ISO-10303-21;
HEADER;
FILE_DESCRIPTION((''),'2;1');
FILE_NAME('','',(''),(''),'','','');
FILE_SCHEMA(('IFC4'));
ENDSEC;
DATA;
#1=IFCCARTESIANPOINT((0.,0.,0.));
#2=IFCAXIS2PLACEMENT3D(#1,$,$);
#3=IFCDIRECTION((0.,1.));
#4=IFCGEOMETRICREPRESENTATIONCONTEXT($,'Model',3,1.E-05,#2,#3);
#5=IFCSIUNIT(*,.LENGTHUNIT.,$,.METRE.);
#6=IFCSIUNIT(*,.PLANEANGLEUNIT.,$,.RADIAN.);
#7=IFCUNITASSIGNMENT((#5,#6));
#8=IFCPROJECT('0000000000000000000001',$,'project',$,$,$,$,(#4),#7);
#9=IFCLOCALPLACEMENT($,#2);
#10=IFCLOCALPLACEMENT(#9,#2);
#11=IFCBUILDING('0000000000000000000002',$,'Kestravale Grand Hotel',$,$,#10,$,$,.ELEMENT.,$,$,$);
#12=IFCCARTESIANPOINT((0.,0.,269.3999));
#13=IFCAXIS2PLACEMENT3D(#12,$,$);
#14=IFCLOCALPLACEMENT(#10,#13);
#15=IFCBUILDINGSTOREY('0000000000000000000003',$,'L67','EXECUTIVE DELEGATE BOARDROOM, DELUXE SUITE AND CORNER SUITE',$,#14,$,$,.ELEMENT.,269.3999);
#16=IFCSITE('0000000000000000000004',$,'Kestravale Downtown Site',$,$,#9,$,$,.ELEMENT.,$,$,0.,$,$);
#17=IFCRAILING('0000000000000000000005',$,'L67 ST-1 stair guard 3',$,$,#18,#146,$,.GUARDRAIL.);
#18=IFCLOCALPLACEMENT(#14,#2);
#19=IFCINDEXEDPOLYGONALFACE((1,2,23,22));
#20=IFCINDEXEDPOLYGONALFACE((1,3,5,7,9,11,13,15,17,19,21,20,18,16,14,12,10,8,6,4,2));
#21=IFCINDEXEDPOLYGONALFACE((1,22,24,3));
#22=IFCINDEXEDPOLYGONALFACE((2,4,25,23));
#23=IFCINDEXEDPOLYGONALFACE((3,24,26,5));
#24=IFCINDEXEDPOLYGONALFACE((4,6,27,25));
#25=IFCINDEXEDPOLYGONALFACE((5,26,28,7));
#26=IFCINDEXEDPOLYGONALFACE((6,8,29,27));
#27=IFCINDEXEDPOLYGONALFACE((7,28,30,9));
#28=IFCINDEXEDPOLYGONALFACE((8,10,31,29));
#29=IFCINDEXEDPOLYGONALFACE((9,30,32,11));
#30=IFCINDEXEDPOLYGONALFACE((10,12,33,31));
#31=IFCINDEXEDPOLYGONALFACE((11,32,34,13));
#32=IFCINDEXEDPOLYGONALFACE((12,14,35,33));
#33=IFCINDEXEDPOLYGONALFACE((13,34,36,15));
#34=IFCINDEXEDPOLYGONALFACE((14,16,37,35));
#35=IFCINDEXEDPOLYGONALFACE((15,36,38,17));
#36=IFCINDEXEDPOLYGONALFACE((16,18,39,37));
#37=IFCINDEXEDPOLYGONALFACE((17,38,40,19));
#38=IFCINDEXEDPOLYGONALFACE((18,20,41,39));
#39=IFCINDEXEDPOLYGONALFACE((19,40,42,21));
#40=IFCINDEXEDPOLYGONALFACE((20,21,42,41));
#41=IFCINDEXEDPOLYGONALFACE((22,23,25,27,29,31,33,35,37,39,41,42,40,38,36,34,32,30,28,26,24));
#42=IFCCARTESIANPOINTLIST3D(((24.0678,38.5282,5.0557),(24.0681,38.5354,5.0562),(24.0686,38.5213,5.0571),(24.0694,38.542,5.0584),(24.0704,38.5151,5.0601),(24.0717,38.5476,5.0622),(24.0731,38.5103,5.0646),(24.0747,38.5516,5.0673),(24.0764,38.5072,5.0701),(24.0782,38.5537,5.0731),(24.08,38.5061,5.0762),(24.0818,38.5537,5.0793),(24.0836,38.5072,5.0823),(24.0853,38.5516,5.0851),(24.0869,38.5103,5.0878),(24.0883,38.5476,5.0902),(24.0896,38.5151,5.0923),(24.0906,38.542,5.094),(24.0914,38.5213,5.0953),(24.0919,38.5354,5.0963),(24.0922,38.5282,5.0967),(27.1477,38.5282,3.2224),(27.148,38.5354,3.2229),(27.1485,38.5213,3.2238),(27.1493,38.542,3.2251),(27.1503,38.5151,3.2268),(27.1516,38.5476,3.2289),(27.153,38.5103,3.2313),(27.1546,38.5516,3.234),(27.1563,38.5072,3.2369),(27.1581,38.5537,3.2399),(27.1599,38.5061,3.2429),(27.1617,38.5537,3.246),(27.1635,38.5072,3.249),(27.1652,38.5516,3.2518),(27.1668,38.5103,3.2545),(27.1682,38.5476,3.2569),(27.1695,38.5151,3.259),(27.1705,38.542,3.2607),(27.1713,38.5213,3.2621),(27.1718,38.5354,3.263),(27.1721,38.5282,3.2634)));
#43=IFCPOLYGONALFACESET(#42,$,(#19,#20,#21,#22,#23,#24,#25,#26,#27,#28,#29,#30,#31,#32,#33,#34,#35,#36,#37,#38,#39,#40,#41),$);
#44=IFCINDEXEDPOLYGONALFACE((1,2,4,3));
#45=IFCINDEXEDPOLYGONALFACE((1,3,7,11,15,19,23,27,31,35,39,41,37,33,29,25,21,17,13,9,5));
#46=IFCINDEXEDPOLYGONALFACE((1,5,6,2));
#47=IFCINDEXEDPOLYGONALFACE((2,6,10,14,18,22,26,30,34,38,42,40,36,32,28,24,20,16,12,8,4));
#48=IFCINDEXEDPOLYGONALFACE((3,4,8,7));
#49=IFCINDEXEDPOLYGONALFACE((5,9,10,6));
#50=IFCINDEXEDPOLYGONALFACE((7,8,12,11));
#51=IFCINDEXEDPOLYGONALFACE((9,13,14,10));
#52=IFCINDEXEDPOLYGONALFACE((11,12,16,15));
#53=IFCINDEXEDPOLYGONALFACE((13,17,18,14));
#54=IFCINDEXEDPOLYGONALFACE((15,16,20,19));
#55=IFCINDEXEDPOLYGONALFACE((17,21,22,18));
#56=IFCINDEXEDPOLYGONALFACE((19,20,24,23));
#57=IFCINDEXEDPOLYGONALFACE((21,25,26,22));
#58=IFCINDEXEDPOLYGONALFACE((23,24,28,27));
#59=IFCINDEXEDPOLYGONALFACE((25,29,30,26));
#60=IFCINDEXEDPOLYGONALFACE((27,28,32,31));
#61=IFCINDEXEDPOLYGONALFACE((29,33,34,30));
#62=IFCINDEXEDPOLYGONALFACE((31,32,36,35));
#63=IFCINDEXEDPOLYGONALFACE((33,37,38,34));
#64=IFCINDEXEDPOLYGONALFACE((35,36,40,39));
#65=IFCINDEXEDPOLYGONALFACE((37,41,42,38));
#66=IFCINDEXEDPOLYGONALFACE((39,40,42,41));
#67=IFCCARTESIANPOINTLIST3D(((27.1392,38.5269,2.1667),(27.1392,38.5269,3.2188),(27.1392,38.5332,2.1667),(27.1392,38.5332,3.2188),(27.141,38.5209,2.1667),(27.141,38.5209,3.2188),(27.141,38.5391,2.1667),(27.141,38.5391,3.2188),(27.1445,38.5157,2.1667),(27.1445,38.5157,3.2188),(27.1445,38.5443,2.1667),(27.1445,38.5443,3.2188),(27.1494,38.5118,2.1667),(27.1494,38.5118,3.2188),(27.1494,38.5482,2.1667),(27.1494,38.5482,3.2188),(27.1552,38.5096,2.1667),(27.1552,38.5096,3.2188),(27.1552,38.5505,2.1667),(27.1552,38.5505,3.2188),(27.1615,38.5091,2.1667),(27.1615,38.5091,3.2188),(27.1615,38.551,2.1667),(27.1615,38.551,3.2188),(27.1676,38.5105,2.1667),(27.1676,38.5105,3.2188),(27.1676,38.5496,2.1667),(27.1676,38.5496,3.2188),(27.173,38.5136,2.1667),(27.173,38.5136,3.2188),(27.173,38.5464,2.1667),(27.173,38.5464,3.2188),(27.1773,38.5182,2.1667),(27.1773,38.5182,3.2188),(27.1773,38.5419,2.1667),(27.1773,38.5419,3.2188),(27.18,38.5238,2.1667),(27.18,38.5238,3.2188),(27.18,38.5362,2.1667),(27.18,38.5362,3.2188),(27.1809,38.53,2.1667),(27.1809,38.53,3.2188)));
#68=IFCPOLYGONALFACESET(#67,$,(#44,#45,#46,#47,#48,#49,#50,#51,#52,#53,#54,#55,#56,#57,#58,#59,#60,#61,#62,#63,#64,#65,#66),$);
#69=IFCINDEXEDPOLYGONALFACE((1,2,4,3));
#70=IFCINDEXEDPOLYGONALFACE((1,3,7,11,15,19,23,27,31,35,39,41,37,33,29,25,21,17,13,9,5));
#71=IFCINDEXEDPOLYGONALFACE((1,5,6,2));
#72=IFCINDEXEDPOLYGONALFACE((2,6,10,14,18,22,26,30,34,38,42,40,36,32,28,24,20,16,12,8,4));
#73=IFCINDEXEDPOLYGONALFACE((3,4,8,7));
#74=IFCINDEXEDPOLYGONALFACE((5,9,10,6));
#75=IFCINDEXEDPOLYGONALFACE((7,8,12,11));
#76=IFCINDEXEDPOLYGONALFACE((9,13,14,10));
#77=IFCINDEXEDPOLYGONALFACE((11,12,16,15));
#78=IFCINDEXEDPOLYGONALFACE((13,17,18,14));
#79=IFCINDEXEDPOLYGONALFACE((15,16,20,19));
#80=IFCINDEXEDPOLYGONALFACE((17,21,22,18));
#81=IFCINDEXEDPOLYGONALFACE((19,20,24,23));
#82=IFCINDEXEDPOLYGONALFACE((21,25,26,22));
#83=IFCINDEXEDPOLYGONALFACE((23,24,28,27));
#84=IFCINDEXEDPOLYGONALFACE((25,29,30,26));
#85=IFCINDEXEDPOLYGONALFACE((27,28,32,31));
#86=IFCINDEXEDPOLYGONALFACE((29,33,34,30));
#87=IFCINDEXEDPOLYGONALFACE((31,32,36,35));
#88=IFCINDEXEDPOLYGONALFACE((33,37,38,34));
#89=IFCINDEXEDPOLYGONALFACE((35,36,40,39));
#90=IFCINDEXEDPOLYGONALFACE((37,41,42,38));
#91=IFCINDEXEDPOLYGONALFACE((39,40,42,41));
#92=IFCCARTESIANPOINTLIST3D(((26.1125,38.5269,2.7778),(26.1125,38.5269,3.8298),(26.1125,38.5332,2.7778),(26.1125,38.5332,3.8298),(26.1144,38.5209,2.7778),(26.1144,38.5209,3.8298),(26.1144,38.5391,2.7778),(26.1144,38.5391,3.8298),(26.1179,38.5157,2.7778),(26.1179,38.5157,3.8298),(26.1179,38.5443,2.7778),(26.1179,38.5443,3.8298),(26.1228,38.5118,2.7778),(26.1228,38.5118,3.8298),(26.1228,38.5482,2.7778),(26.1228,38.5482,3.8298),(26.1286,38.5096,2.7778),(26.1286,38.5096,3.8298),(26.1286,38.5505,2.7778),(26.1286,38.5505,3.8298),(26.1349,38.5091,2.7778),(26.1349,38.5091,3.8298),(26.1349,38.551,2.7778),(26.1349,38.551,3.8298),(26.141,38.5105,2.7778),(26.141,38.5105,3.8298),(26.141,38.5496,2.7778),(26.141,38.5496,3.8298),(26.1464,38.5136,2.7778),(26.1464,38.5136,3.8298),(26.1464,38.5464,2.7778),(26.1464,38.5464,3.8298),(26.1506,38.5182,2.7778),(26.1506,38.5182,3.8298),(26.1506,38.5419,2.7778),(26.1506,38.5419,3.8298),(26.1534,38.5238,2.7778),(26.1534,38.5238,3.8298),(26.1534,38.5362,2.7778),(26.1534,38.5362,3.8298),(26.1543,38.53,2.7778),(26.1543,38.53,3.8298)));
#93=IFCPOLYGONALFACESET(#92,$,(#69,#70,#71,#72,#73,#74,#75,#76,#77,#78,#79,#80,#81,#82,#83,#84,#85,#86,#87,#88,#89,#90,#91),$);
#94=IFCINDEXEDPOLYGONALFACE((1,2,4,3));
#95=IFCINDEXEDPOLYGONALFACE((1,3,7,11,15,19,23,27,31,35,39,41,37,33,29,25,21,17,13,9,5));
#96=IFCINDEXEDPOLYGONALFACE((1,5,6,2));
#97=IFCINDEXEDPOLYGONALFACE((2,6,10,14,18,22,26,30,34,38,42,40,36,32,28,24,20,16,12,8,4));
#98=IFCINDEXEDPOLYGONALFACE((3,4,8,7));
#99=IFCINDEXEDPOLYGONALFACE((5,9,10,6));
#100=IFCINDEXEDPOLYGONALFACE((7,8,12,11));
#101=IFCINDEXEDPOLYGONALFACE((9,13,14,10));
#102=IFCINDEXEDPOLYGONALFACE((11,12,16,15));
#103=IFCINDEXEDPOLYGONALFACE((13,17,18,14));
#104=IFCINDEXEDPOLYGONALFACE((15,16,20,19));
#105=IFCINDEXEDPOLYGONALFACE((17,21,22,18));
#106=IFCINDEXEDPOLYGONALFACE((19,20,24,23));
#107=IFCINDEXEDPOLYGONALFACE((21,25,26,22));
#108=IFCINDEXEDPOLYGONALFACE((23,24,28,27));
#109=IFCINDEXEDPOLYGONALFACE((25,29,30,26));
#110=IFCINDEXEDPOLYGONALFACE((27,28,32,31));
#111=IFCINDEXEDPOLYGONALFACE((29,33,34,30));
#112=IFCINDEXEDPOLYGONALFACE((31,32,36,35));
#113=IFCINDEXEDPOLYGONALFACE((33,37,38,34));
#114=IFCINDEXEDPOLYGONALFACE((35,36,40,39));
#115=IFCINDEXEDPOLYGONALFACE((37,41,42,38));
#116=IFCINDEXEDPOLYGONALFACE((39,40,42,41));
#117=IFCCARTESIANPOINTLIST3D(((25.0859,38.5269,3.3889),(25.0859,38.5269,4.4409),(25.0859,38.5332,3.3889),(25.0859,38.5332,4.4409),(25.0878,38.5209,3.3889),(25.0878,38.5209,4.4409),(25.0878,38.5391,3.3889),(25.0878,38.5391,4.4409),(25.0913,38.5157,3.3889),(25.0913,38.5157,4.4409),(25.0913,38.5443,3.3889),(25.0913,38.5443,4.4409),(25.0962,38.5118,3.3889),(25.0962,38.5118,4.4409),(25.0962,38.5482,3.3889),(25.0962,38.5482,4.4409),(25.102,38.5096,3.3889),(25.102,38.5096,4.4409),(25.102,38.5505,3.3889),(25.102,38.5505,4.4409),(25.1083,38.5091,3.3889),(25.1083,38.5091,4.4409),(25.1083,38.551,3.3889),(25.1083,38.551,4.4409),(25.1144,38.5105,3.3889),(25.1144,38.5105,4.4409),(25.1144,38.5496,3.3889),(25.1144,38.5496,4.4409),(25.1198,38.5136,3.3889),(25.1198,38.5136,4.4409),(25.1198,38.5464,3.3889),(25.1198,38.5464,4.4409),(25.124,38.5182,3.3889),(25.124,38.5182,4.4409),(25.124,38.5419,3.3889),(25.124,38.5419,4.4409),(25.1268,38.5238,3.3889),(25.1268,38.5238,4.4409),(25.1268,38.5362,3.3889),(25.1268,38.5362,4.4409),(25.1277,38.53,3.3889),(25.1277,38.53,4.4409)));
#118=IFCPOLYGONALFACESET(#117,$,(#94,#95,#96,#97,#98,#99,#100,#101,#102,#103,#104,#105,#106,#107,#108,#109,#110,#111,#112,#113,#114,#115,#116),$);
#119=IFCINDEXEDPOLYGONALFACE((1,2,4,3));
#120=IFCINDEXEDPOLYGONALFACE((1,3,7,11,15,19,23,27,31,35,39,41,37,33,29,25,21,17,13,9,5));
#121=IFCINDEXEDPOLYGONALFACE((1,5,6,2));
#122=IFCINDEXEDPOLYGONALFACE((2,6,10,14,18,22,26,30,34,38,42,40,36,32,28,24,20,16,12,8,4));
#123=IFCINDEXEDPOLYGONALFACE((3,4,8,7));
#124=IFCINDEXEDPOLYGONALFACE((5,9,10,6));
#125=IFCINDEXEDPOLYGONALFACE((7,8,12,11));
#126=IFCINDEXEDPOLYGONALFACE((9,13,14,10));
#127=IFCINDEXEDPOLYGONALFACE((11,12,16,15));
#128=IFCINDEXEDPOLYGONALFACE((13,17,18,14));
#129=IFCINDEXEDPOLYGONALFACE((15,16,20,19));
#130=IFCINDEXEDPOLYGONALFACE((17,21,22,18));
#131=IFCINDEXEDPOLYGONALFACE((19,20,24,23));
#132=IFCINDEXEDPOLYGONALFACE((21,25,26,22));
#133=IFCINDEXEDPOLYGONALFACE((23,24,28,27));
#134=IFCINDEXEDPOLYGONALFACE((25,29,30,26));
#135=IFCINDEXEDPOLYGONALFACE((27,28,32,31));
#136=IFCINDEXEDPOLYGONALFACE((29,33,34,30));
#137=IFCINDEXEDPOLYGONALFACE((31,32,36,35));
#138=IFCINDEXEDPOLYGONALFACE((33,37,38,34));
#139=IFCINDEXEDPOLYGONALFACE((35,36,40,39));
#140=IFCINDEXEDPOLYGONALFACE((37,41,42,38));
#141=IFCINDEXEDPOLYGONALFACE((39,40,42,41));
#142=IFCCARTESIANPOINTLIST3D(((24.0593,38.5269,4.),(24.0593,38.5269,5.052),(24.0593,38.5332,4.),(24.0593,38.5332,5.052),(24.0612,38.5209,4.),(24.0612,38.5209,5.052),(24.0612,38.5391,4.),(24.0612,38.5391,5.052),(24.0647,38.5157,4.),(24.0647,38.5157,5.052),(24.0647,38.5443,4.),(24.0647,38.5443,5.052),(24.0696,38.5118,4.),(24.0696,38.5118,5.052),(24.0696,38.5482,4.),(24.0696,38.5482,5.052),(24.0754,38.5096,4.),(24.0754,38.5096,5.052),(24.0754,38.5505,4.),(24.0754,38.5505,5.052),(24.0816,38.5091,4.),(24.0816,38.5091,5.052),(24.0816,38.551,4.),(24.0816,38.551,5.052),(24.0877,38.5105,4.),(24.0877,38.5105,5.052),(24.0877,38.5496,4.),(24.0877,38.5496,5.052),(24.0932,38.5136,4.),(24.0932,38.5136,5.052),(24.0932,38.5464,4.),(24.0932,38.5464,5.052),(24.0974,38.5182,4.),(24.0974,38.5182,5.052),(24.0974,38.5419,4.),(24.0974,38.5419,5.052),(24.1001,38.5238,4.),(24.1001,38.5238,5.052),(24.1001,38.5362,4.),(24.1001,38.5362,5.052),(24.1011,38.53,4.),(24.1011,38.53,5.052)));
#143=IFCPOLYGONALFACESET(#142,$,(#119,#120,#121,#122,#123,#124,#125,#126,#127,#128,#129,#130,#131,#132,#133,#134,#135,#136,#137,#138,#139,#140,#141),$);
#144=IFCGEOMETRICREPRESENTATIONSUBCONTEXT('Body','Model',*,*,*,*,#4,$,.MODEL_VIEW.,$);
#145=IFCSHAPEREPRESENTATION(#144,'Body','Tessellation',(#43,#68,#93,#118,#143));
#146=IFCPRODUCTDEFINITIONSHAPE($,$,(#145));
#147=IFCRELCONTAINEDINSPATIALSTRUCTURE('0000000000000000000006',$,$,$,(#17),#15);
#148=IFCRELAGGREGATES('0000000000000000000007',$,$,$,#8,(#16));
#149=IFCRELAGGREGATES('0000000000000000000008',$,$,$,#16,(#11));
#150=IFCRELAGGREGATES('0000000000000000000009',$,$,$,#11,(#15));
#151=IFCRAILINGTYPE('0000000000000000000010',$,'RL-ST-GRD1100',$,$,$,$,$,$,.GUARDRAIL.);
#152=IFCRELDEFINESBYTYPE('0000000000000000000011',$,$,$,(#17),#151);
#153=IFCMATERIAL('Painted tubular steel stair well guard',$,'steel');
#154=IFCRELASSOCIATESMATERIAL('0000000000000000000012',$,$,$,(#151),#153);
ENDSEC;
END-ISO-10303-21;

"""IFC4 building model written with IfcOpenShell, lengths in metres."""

from ifc_helpers import new_model, si_unit, direction, frame, origin, origin_2d, place, context, subcontext, project, spatial, circle, extrude, material, type_object, element, save


model = new_model("IFC4")

# Units and contexts
model_context = context("Model", 3, precision=1e-05, world=origin(), true_north=direction((0.0, 1.0)))
body_context = subcontext(model_context, "Body", "Model", "MODEL_VIEW")
ifc_project = project(units=[si_unit("LENGTHUNIT", "METRE"), si_unit("PLANEANGLEUNIT", "RADIAN")], contexts=[model_context])

# Site, building, storey
site_placement = place(None, origin())
site = spatial("IfcSite", under=ifc_project, at=site_placement, Name="Kestravale Downtown Site", CompositionType="ELEMENT", RefElevation=0.0)
building_placement = place(site_placement, origin())
building = spatial("IfcBuilding", under=site, at=building_placement, Name="Kestravale Grand Hotel", CompositionType="ELEMENT")
storey_placement = place(building_placement, frame((0.0, 0.0, 269.3999)))
storey = spatial("IfcBuildingStorey", under=building, at=storey_placement, Name="L67", Description="EXECUTIVE DELEGATE BOARDROOM, DELUXE SUITE AND CORNER SUITE", CompositionType="ELEMENT", Elevation=269.3999)

# Railing
ifc_material_1 = material(Name="Painted tubular steel stair well guard", Category="steel")
railing_type_1 = type_object("IfcRailingType", Name="RL-ST-GRD1100", PredefinedType="GUARDRAIL", material=ifc_material_1)
railing_1_placement = place(storey_placement, frame((27.1599, 38.53, 2.1667)))
element("IfcRailing", 1, at=railing_1_placement, inside=storey, type_object=railing_type_1, Name="L67 ST-1 stair guard 3", PredefinedType="GUARDRAIL", context=body_context, shape_type="SweptSolid", body=[
    extrude(circle(Radius=0.0239, at=origin_2d()), frame((0.0, 0.0, 1.0762), z_axis=(-0.859291, 0.0, 0.511487), x_axis=(0.0, -1.0, 0.0)), (0.0, 0.0, 1.0), 3.5842),
    extrude(circle(Radius=0.021, at=origin_2d()), origin(), (0.0, 0.0, 1.0), 1.052),
    extrude(circle(Radius=0.021, at=origin_2d()), frame((-1.0266, 0.0, 0.6111)), (0.0, 0.0, 1.0), 1.052),
    extrude(circle(Radius=0.021, at=origin_2d()), frame((-2.0532, 0.0, 1.2222)), (0.0, 0.0, 1.0), 1.052),
    extrude(circle(Radius=0.021, at=origin_2d()), frame((-3.0798, 0.0, 1.8333)), (0.0, 0.0, 1.0), 1.052),
])

save(model, "model.ifc")
